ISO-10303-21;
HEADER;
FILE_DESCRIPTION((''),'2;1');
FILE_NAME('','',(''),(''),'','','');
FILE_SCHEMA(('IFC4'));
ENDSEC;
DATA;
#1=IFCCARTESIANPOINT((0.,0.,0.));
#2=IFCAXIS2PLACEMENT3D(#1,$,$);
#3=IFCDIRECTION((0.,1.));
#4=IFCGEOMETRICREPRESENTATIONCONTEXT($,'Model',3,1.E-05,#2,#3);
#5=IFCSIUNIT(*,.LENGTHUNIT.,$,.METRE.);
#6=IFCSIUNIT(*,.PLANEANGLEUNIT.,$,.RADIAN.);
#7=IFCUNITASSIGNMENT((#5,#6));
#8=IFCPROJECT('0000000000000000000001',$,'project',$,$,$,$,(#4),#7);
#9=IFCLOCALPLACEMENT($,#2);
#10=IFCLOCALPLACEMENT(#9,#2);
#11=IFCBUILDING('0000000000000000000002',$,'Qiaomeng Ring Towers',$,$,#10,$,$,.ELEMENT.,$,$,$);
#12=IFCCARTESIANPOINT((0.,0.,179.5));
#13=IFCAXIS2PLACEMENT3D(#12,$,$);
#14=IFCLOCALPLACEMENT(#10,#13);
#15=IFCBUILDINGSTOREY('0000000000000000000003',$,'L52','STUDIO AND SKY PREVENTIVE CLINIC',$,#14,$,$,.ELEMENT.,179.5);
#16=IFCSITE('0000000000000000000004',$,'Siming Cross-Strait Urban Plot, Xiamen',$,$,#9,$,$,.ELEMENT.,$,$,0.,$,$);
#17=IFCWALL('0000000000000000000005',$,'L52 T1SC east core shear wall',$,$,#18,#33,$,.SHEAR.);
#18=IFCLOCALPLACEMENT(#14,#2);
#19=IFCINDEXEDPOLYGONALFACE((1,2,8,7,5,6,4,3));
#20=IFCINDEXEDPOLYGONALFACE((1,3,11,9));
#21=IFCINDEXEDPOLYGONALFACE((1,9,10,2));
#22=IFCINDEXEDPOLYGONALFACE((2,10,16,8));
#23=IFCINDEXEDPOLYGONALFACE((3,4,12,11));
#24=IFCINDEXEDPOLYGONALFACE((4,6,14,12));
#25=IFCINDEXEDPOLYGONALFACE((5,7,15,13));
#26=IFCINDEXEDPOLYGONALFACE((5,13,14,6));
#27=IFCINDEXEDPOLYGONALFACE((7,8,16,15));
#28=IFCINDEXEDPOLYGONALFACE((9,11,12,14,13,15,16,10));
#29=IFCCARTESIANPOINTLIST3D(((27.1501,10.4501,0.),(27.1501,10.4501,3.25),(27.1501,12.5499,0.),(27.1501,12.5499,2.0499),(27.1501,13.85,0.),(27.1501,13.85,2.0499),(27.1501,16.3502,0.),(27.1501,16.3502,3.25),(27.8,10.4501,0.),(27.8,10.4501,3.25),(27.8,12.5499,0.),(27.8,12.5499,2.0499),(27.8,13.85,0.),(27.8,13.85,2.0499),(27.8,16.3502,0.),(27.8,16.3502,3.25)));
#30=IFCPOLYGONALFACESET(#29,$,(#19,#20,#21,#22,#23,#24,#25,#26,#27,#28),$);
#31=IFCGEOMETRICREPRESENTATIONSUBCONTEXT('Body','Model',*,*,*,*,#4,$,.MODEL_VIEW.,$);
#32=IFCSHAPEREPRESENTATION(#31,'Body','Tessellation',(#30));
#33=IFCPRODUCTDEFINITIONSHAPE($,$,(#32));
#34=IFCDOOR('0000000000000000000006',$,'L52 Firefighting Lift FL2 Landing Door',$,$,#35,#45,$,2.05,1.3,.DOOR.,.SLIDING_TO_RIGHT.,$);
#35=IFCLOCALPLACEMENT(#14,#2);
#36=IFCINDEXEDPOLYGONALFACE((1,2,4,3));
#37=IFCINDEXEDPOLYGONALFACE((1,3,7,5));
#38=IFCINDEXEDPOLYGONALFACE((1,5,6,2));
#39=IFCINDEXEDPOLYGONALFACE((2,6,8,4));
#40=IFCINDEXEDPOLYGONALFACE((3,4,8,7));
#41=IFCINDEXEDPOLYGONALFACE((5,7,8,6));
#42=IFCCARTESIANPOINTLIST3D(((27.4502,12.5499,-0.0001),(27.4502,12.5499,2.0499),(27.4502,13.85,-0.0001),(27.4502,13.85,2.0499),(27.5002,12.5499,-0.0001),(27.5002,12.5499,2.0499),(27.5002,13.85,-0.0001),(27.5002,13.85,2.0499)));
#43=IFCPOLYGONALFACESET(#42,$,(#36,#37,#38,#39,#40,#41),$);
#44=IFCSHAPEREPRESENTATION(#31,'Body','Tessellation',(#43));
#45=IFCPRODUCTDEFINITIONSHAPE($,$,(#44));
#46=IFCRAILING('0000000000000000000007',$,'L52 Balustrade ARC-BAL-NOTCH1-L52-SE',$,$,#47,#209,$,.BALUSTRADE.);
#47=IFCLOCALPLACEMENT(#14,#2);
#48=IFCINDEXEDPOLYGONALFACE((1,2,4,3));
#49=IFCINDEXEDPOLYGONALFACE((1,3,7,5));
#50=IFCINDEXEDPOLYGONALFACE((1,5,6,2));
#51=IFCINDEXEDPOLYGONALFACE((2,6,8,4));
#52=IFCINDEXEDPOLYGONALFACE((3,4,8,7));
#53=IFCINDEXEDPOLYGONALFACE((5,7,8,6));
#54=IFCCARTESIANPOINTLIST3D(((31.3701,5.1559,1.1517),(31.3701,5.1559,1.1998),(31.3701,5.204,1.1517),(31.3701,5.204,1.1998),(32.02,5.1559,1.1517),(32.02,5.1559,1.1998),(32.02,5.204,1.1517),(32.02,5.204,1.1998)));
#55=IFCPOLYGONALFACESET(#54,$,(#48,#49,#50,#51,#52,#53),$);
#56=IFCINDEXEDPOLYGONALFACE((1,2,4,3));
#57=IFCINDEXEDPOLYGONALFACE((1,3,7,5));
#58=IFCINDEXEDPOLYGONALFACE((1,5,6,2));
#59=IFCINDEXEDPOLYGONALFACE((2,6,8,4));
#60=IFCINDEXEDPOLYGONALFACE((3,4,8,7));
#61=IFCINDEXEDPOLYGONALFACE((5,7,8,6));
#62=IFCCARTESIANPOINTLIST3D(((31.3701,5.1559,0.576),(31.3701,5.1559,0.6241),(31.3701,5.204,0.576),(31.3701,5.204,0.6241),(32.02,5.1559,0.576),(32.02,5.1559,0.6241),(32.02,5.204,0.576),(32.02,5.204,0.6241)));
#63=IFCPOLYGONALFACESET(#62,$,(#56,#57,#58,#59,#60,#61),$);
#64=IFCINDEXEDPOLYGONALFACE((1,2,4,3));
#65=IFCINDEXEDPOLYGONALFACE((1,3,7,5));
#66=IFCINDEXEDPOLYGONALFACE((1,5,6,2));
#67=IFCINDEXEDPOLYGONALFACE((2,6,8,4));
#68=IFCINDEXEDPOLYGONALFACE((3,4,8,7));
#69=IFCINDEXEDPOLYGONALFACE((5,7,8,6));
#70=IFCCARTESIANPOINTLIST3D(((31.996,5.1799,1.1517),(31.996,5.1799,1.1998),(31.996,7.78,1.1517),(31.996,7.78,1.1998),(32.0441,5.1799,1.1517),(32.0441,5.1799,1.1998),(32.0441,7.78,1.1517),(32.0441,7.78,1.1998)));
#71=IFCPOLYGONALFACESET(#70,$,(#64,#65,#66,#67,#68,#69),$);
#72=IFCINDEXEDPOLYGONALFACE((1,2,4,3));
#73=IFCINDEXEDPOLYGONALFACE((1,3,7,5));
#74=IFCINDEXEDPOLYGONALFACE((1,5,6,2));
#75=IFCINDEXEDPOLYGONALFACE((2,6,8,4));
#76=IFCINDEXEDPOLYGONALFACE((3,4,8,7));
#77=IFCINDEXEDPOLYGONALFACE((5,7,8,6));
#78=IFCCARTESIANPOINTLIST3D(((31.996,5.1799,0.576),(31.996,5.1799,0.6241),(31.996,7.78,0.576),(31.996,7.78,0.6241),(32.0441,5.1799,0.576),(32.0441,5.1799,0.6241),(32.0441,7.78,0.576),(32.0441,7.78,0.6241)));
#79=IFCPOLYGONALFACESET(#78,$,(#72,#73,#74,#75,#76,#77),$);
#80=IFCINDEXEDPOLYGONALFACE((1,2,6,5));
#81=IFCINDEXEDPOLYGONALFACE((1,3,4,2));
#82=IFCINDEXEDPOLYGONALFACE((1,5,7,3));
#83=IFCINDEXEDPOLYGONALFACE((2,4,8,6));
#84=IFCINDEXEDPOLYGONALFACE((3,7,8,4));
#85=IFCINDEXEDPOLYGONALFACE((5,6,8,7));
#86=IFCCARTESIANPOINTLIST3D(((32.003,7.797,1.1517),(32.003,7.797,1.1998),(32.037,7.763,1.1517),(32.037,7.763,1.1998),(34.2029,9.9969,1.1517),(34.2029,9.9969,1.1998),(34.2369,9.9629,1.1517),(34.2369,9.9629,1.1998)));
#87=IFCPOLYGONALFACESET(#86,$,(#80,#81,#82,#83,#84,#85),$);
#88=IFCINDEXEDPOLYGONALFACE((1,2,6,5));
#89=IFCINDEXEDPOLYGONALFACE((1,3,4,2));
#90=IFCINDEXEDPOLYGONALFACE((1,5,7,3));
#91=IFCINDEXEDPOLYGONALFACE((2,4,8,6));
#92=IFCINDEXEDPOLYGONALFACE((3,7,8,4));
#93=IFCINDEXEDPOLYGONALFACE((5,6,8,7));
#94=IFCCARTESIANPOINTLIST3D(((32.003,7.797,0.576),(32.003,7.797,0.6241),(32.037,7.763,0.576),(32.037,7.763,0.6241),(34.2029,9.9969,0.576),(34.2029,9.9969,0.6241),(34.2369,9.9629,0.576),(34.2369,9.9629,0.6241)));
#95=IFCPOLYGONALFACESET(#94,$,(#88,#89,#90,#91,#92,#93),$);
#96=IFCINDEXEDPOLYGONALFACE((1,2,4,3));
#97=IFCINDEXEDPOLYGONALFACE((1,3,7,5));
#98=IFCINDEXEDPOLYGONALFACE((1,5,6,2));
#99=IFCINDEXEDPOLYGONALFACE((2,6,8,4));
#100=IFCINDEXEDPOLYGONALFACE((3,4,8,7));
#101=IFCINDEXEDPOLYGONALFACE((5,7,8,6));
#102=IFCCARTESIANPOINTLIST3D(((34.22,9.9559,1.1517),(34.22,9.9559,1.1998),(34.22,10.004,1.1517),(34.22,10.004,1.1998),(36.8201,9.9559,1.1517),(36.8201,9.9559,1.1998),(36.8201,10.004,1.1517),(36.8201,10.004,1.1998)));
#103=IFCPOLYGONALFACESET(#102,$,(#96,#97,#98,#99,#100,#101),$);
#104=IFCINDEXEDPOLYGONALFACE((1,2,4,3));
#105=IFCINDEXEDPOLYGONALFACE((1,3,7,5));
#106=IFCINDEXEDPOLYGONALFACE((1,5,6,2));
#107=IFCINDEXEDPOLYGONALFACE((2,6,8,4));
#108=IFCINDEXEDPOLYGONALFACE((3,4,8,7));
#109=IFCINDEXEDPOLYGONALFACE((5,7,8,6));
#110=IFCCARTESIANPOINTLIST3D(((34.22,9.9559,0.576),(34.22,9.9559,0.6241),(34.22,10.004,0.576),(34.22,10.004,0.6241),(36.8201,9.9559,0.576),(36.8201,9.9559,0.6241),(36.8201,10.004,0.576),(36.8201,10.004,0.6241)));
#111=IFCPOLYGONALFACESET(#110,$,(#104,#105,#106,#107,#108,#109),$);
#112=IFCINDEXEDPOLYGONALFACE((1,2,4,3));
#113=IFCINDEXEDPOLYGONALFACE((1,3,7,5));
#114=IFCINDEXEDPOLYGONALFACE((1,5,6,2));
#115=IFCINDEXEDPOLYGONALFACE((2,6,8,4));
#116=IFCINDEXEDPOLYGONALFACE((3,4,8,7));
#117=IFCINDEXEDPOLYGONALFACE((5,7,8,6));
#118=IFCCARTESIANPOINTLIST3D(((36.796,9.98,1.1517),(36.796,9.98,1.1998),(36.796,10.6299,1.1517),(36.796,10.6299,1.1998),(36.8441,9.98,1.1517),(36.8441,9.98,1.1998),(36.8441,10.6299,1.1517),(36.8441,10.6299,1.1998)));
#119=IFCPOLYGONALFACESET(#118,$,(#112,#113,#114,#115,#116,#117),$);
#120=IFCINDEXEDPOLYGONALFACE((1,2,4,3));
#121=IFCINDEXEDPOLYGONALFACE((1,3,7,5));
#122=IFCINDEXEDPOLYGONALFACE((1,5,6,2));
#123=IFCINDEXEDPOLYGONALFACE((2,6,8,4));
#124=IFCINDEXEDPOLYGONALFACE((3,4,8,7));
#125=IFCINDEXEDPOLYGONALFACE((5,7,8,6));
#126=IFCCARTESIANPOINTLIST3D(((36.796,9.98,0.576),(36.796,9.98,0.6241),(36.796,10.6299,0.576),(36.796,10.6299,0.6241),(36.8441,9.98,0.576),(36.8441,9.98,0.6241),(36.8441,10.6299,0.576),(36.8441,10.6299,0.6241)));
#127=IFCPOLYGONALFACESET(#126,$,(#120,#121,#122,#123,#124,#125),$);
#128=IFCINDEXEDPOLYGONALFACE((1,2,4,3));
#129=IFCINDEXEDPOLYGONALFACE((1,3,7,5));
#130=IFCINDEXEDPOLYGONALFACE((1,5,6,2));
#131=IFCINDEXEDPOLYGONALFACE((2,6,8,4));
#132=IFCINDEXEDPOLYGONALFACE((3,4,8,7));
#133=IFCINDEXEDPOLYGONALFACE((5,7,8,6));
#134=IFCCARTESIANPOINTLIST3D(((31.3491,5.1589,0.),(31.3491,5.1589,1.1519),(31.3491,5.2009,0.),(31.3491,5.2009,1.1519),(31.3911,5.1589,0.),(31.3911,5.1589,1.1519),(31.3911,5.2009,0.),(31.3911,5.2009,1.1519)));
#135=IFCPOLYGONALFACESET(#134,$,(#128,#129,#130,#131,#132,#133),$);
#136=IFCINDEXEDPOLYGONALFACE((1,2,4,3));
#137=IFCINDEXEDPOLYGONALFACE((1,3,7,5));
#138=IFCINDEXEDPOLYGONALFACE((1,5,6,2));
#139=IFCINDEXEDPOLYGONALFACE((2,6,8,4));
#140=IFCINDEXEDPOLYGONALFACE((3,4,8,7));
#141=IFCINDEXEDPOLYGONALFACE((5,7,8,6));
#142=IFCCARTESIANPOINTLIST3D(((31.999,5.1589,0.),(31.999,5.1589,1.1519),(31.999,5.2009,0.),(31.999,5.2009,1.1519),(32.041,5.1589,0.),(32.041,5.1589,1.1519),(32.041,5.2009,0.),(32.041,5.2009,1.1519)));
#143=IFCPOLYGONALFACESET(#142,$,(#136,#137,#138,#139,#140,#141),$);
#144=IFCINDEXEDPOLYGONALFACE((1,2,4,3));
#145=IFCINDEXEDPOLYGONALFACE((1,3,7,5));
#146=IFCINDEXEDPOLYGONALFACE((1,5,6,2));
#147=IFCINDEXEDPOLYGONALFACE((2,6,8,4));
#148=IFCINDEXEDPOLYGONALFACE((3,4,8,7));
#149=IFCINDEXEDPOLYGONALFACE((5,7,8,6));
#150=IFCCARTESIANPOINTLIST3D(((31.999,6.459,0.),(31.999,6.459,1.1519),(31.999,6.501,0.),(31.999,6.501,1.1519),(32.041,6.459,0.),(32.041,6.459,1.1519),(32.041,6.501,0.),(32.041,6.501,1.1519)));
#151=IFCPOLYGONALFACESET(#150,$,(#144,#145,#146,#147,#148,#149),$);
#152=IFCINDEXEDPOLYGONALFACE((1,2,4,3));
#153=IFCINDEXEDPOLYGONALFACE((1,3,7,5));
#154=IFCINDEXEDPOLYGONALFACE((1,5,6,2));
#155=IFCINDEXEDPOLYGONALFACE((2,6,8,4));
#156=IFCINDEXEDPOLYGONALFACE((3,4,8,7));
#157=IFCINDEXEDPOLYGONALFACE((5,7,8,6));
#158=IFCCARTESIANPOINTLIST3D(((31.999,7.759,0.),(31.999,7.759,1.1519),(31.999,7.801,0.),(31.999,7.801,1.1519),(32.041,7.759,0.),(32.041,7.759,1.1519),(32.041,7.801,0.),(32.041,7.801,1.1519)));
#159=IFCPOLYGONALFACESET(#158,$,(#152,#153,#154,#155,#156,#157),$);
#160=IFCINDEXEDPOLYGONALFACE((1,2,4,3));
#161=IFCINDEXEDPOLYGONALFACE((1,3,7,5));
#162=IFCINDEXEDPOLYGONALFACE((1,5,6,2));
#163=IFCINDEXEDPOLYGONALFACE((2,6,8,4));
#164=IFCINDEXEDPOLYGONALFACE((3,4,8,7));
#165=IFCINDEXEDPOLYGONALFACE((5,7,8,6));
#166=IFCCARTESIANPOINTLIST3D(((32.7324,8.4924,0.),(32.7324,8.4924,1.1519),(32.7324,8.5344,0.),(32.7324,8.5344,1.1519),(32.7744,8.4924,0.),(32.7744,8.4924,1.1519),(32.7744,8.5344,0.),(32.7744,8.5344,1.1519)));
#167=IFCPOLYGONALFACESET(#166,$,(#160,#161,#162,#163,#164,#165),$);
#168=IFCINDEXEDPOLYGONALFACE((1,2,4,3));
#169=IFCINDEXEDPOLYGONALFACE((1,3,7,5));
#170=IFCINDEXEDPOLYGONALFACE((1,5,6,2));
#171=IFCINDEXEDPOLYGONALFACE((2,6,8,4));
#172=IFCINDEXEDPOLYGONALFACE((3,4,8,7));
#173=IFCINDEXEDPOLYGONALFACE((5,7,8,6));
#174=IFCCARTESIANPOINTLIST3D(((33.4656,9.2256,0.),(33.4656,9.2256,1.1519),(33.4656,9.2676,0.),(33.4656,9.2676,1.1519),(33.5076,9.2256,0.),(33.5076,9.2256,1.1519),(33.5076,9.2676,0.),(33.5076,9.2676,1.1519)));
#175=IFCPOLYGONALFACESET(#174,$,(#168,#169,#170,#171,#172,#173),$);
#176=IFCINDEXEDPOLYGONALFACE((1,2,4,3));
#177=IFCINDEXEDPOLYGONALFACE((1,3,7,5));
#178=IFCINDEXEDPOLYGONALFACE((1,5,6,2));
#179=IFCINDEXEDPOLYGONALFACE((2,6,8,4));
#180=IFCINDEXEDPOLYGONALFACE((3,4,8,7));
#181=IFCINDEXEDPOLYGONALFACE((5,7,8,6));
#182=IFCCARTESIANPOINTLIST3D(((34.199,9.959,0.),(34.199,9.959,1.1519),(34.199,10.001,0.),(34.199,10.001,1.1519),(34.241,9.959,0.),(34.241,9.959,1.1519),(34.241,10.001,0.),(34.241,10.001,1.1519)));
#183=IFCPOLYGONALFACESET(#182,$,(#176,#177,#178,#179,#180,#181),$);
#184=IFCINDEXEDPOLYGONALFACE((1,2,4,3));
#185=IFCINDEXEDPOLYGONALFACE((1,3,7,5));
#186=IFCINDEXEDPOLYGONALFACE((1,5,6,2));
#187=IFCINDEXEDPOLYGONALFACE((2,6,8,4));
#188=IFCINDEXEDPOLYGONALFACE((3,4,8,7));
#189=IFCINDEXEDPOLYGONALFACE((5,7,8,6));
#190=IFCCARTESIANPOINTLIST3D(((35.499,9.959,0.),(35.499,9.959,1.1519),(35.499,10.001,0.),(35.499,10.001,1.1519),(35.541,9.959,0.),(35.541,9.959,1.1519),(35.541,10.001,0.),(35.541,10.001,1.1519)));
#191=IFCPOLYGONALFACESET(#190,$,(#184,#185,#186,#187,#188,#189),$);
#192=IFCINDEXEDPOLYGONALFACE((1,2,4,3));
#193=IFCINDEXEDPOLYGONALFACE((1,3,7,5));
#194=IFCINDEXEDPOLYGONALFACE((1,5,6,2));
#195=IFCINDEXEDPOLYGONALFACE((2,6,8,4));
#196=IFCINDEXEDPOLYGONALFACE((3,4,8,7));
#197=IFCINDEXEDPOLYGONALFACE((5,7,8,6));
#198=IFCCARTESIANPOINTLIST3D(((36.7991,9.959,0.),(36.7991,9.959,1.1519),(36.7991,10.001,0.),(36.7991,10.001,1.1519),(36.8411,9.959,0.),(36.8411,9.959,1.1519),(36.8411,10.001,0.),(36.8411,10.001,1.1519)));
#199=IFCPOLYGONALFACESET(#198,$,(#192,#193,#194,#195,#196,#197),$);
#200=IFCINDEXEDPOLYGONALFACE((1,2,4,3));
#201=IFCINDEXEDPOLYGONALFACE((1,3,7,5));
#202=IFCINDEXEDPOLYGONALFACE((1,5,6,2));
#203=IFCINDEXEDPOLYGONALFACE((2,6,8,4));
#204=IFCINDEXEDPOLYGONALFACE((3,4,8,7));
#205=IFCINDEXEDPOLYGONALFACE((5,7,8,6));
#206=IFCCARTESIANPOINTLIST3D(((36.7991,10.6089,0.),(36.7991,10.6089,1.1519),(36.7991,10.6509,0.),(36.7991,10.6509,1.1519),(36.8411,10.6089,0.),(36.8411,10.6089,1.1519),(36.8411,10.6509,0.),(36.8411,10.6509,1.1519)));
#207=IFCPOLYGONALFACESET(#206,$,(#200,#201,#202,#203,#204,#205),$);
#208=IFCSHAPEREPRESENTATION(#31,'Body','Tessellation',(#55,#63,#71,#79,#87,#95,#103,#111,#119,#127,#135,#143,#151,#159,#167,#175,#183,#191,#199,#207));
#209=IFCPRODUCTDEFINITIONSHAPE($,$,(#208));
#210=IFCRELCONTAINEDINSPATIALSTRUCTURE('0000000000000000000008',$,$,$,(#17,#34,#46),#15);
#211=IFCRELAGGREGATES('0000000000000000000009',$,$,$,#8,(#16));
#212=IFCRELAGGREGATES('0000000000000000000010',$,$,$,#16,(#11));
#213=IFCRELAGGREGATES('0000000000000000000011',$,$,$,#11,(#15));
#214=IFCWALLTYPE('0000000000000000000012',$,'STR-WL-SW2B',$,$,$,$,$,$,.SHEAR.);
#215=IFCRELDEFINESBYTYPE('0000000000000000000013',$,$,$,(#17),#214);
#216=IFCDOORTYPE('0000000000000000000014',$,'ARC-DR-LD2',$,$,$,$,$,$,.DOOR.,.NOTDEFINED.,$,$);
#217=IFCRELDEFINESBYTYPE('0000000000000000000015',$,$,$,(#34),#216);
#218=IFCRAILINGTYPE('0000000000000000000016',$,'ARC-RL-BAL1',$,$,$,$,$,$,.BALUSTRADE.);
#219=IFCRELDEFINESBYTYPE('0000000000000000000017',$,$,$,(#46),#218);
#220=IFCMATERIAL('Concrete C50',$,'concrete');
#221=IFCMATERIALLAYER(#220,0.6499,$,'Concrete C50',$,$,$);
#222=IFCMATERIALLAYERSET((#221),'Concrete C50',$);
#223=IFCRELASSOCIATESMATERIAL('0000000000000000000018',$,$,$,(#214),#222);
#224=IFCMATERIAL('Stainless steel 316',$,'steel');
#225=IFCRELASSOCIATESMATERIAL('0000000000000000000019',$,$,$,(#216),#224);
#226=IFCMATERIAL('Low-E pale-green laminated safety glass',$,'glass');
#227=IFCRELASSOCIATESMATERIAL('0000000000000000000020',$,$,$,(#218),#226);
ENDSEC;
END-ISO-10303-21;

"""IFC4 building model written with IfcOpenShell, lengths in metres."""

from ifc_helpers import new_model, si_unit, direction, frame, frame_2d, origin, origin_2d, place, context, subcontext, project, spatial, rectangle, extrude, source, transform, mapped, material, layer, layer_set, type_object, element, fill, save


model = new_model("IFC4")

# Units and contexts
model_context = context("Model", 3, precision=1e-05, world=origin(), true_north=direction((0.0, 1.0)))
body_context = subcontext(model_context, "Body", "Model", "MODEL_VIEW")
ifc_project = project(units=[si_unit("LENGTHUNIT", "METRE"), si_unit("PLANEANGLEUNIT", "RADIAN")], contexts=[model_context])

# Site, building, storey
site_placement = place(None, origin())
site = spatial("IfcSite", under=ifc_project, at=site_placement, Name="Siming Cross-Strait Urban Plot, Xiamen", CompositionType="ELEMENT", RefElevation=0.0)
building_placement = place(site_placement, origin())
building = spatial("IfcBuilding", under=site, at=building_placement, Name="Qiaomeng Ring Towers", CompositionType="ELEMENT")
storey_placement = place(building_placement, frame((0.0, 0.0, 179.5)))
storey = spatial("IfcBuildingStorey", under=building, at=storey_placement, Name="L52", Description="STUDIO AND SKY PREVENTIVE CLINIC", CompositionType="ELEMENT", Elevation=179.5)

# Shared definitions
ifc_material_1 = material(Name="Concrete C50", Category="concrete")

# Wall, opening, door
ifc_layer_1 = layer(ifc_material_1, 0.6499, Name="Concrete C50")
ifc_layer_set_1 = layer_set([ifc_layer_1], Name="Concrete C50")
wall_type_1 = type_object("IfcWallType", Name="STR-WL-SW2B", PredefinedType="SHEAR", material=ifc_layer_set_1)
wall_1_placement = place(storey_placement, frame((27.4751, 10.45, 0.0), z_axis=(0.0, 0.0, 1.0), x_axis=(0.0, 1.0, 0.0)))
wall_1 = element("IfcWall", 1, at=wall_1_placement, inside=storey, type_object=wall_type_1, Name="L52 T1SC east core shear wall", PredefinedType="SHEAR", context=body_context, shape_type="SweptSolid", body=[
    extrude(rectangle(XDim=5.9001, YDim=0.6499, at=frame_2d((2.9502, 0.0))), origin(), (0.0, 0.0, 1.0), 3.25),
])
opening_1_placement = place(wall_1_placement, frame((2.1001, 0.0, 0.0)))
opening_1 = element("IfcOpeningElement", 2, at=opening_1_placement, cuts=wall_1, PredefinedType="OPENING", context=body_context, shape_type="SweptSolid", body=[
    extrude(rectangle(XDim=1.3, YDim=2.05, at=frame_2d((0.6499, 1.0249))), frame((0.0, 0.335, 0.0), z_axis=(0.0, -1.0, 0.0), x_axis=(1.0, 0.0, 0.0)), (0.0, 0.0, 1.0), 0.6699),
])
ifc_material_2 = material(Name="Stainless steel 316", Category="steel")
door_type_1 = type_object("IfcDoorType", Name="ARC-DR-LD2", OperationType="NOTDEFINED", PredefinedType="DOOR", material=ifc_material_2)
shared_shape_1 = source(origin(), body_context, "Body", "SweptSolid", [
    extrude(rectangle(XDim=1.3, YDim=2.05, at=frame_2d((0.6499, 1.0249))), frame((0.0, 0.0249, 0.0), z_axis=(0.0, -1.0, 0.0), x_axis=(1.0, 0.0, 0.0)), (0.0, 0.0, 1.0), 0.05),
])
door_1_placement = place(opening_1_placement, origin())
door_1 = element("IfcDoor", 3, at=door_1_placement, inside=storey, type_object=door_type_1, Name="L52 Firefighting Lift FL2 Landing Door", OperationType="SLIDING_TO_RIGHT", OverallHeight=2.05, OverallWidth=1.3, PredefinedType="DOOR", context=body_context, shape_type="MappedRepresentation", body=[
    mapped(shared_shape_1, transform((0.0, 0.0, 0.0), x_axis=(1.0, 0.0, 0.0), y_axis=(0.0, 1.0, 0.0), z_axis=(0.0, 0.0, 1.0), scale=1.0)),
])
fill(opening_1, door_1)

# Railing
ifc_material_3 = material(Name="Low-E pale-green laminated safety glass", Category="glass")
railing_type = type_object("IfcRailingType", Name="ARC-RL-BAL1", PredefinedType="BALUSTRADE", material=ifc_material_3)
railing_placement = place(storey_placement, frame((31.3701, 5.1799, 0.0)))
element("IfcRailing", 4, at=railing_placement, inside=storey, type_object=railing_type, Name="L52 Balustrade ARC-BAL-NOTCH1-L52-SE", PredefinedType="BALUSTRADE", context=body_context, shape_type="SweptSolid", body=[
    extrude(rectangle(XDim=0.0481, YDim=0.0481, at=origin_2d()), frame((0.0, 0.0, 1.1758), z_axis=(1.0, 0.0, 0.0), x_axis=(0.0, 1.0, 0.0)), (0.0, 0.0, 1.0), 0.6499),
    extrude(rectangle(XDim=0.0481, YDim=0.0481, at=origin_2d()), frame((0.0, 0.0, 0.6001), z_axis=(1.0, 0.0, 0.0), x_axis=(0.0, 1.0, 0.0)), (0.0, 0.0, 1.0), 0.6499),
    extrude(rectangle(XDim=0.0481, YDim=0.0481, at=origin_2d()), frame((0.6499, 0.0, 1.1758), z_axis=(0.0, 1.0, 0.0), x_axis=(-1.0, 0.0, 0.0)), (0.0, 0.0, 1.0), 2.6001),
    extrude(rectangle(XDim=0.0481, YDim=0.0481, at=origin_2d()), frame((0.6499, 0.0, 0.6001), z_axis=(0.0, 1.0, 0.0), x_axis=(-1.0, 0.0, 0.0)), (0.0, 0.0, 1.0), 2.6001),
    extrude(rectangle(XDim=0.0481, YDim=0.0481, at=origin_2d()), frame((0.6499, 2.6001, 1.1758), z_axis=(0.707107, 0.707107, 0.0), x_axis=(-0.707107, 0.707107, 0.0)), (0.0, 0.0, 1.0), 3.1111),
    extrude(rectangle(XDim=0.0481, YDim=0.0481, at=origin_2d()), frame((0.6499, 2.6001, 0.6001), z_axis=(0.707107, 0.707107, 0.0), x_axis=(-0.707107, 0.707107, 0.0)), (0.0, 0.0, 1.0), 3.1111),
    extrude(rectangle(XDim=0.0481, YDim=0.0481, at=origin_2d()), frame((2.8499, 4.8, 1.1758), z_axis=(1.0, 0.0, 0.0), x_axis=(0.0, 1.0, 0.0)), (0.0, 0.0, 1.0), 2.6001),
    extrude(rectangle(XDim=0.0481, YDim=0.0481, at=origin_2d()), frame((2.8499, 4.8, 0.6001), z_axis=(1.0, 0.0, 0.0), x_axis=(0.0, 1.0, 0.0)), (0.0, 0.0, 1.0), 2.6001),
    extrude(rectangle(XDim=0.0481, YDim=0.0481, at=origin_2d()), frame((5.45, 4.8, 1.1758), z_axis=(0.0, 1.0, 0.0), x_axis=(-1.0, 0.0, 0.0)), (0.0, 0.0, 1.0), 0.6499),
    extrude(rectangle(XDim=0.0481, YDim=0.0481, at=origin_2d()), frame((5.45, 4.8, 0.6001), z_axis=(0.0, 1.0, 0.0), x_axis=(-1.0, 0.0, 0.0)), (0.0, 0.0, 1.0), 0.6499),
    extrude(rectangle(XDim=0.042, YDim=0.042, at=origin_2d()), origin(), (0.0, 0.0, 1.0), 1.1519),
    extrude(rectangle(XDim=0.042, YDim=0.042, at=origin_2d()), frame((0.6499, 0.0, 0.0)), (0.0, 0.0, 1.0), 1.1519),
    extrude(rectangle(XDim=0.042, YDim=0.042, at=origin_2d()), frame((0.6499, 1.3, 0.0)), (0.0, 0.0, 1.0), 1.1519),
    extrude(rectangle(XDim=0.042, YDim=0.042, at=origin_2d()), frame((0.6499, 2.6001, 0.0)), (0.0, 0.0, 1.0), 1.1519),
    extrude(rectangle(XDim=0.042, YDim=0.042, at=origin_2d()), frame((1.3833, 3.3335, 0.0)), (0.0, 0.0, 1.0), 1.1519),
    extrude(rectangle(XDim=0.042, YDim=0.042, at=origin_2d()), frame((2.1165, 4.0667, 0.0)), (0.0, 0.0, 1.0), 1.1519),
    extrude(rectangle(XDim=0.042, YDim=0.042, at=origin_2d()), frame((2.8499, 4.8, 0.0)), (0.0, 0.0, 1.0), 1.1519),
    extrude(rectangle(XDim=0.042, YDim=0.042, at=origin_2d()), frame((4.1499, 4.8, 0.0)), (0.0, 0.0, 1.0), 1.1519),
    extrude(rectangle(XDim=0.042, YDim=0.042, at=origin_2d()), frame((5.45, 4.8, 0.0)), (0.0, 0.0, 1.0), 1.1519),
    extrude(rectangle(XDim=0.042, YDim=0.042, at=origin_2d()), frame((5.45, 5.45, 0.0)), (0.0, 0.0, 1.0), 1.1519),
])

save(model, "model.ifc")
